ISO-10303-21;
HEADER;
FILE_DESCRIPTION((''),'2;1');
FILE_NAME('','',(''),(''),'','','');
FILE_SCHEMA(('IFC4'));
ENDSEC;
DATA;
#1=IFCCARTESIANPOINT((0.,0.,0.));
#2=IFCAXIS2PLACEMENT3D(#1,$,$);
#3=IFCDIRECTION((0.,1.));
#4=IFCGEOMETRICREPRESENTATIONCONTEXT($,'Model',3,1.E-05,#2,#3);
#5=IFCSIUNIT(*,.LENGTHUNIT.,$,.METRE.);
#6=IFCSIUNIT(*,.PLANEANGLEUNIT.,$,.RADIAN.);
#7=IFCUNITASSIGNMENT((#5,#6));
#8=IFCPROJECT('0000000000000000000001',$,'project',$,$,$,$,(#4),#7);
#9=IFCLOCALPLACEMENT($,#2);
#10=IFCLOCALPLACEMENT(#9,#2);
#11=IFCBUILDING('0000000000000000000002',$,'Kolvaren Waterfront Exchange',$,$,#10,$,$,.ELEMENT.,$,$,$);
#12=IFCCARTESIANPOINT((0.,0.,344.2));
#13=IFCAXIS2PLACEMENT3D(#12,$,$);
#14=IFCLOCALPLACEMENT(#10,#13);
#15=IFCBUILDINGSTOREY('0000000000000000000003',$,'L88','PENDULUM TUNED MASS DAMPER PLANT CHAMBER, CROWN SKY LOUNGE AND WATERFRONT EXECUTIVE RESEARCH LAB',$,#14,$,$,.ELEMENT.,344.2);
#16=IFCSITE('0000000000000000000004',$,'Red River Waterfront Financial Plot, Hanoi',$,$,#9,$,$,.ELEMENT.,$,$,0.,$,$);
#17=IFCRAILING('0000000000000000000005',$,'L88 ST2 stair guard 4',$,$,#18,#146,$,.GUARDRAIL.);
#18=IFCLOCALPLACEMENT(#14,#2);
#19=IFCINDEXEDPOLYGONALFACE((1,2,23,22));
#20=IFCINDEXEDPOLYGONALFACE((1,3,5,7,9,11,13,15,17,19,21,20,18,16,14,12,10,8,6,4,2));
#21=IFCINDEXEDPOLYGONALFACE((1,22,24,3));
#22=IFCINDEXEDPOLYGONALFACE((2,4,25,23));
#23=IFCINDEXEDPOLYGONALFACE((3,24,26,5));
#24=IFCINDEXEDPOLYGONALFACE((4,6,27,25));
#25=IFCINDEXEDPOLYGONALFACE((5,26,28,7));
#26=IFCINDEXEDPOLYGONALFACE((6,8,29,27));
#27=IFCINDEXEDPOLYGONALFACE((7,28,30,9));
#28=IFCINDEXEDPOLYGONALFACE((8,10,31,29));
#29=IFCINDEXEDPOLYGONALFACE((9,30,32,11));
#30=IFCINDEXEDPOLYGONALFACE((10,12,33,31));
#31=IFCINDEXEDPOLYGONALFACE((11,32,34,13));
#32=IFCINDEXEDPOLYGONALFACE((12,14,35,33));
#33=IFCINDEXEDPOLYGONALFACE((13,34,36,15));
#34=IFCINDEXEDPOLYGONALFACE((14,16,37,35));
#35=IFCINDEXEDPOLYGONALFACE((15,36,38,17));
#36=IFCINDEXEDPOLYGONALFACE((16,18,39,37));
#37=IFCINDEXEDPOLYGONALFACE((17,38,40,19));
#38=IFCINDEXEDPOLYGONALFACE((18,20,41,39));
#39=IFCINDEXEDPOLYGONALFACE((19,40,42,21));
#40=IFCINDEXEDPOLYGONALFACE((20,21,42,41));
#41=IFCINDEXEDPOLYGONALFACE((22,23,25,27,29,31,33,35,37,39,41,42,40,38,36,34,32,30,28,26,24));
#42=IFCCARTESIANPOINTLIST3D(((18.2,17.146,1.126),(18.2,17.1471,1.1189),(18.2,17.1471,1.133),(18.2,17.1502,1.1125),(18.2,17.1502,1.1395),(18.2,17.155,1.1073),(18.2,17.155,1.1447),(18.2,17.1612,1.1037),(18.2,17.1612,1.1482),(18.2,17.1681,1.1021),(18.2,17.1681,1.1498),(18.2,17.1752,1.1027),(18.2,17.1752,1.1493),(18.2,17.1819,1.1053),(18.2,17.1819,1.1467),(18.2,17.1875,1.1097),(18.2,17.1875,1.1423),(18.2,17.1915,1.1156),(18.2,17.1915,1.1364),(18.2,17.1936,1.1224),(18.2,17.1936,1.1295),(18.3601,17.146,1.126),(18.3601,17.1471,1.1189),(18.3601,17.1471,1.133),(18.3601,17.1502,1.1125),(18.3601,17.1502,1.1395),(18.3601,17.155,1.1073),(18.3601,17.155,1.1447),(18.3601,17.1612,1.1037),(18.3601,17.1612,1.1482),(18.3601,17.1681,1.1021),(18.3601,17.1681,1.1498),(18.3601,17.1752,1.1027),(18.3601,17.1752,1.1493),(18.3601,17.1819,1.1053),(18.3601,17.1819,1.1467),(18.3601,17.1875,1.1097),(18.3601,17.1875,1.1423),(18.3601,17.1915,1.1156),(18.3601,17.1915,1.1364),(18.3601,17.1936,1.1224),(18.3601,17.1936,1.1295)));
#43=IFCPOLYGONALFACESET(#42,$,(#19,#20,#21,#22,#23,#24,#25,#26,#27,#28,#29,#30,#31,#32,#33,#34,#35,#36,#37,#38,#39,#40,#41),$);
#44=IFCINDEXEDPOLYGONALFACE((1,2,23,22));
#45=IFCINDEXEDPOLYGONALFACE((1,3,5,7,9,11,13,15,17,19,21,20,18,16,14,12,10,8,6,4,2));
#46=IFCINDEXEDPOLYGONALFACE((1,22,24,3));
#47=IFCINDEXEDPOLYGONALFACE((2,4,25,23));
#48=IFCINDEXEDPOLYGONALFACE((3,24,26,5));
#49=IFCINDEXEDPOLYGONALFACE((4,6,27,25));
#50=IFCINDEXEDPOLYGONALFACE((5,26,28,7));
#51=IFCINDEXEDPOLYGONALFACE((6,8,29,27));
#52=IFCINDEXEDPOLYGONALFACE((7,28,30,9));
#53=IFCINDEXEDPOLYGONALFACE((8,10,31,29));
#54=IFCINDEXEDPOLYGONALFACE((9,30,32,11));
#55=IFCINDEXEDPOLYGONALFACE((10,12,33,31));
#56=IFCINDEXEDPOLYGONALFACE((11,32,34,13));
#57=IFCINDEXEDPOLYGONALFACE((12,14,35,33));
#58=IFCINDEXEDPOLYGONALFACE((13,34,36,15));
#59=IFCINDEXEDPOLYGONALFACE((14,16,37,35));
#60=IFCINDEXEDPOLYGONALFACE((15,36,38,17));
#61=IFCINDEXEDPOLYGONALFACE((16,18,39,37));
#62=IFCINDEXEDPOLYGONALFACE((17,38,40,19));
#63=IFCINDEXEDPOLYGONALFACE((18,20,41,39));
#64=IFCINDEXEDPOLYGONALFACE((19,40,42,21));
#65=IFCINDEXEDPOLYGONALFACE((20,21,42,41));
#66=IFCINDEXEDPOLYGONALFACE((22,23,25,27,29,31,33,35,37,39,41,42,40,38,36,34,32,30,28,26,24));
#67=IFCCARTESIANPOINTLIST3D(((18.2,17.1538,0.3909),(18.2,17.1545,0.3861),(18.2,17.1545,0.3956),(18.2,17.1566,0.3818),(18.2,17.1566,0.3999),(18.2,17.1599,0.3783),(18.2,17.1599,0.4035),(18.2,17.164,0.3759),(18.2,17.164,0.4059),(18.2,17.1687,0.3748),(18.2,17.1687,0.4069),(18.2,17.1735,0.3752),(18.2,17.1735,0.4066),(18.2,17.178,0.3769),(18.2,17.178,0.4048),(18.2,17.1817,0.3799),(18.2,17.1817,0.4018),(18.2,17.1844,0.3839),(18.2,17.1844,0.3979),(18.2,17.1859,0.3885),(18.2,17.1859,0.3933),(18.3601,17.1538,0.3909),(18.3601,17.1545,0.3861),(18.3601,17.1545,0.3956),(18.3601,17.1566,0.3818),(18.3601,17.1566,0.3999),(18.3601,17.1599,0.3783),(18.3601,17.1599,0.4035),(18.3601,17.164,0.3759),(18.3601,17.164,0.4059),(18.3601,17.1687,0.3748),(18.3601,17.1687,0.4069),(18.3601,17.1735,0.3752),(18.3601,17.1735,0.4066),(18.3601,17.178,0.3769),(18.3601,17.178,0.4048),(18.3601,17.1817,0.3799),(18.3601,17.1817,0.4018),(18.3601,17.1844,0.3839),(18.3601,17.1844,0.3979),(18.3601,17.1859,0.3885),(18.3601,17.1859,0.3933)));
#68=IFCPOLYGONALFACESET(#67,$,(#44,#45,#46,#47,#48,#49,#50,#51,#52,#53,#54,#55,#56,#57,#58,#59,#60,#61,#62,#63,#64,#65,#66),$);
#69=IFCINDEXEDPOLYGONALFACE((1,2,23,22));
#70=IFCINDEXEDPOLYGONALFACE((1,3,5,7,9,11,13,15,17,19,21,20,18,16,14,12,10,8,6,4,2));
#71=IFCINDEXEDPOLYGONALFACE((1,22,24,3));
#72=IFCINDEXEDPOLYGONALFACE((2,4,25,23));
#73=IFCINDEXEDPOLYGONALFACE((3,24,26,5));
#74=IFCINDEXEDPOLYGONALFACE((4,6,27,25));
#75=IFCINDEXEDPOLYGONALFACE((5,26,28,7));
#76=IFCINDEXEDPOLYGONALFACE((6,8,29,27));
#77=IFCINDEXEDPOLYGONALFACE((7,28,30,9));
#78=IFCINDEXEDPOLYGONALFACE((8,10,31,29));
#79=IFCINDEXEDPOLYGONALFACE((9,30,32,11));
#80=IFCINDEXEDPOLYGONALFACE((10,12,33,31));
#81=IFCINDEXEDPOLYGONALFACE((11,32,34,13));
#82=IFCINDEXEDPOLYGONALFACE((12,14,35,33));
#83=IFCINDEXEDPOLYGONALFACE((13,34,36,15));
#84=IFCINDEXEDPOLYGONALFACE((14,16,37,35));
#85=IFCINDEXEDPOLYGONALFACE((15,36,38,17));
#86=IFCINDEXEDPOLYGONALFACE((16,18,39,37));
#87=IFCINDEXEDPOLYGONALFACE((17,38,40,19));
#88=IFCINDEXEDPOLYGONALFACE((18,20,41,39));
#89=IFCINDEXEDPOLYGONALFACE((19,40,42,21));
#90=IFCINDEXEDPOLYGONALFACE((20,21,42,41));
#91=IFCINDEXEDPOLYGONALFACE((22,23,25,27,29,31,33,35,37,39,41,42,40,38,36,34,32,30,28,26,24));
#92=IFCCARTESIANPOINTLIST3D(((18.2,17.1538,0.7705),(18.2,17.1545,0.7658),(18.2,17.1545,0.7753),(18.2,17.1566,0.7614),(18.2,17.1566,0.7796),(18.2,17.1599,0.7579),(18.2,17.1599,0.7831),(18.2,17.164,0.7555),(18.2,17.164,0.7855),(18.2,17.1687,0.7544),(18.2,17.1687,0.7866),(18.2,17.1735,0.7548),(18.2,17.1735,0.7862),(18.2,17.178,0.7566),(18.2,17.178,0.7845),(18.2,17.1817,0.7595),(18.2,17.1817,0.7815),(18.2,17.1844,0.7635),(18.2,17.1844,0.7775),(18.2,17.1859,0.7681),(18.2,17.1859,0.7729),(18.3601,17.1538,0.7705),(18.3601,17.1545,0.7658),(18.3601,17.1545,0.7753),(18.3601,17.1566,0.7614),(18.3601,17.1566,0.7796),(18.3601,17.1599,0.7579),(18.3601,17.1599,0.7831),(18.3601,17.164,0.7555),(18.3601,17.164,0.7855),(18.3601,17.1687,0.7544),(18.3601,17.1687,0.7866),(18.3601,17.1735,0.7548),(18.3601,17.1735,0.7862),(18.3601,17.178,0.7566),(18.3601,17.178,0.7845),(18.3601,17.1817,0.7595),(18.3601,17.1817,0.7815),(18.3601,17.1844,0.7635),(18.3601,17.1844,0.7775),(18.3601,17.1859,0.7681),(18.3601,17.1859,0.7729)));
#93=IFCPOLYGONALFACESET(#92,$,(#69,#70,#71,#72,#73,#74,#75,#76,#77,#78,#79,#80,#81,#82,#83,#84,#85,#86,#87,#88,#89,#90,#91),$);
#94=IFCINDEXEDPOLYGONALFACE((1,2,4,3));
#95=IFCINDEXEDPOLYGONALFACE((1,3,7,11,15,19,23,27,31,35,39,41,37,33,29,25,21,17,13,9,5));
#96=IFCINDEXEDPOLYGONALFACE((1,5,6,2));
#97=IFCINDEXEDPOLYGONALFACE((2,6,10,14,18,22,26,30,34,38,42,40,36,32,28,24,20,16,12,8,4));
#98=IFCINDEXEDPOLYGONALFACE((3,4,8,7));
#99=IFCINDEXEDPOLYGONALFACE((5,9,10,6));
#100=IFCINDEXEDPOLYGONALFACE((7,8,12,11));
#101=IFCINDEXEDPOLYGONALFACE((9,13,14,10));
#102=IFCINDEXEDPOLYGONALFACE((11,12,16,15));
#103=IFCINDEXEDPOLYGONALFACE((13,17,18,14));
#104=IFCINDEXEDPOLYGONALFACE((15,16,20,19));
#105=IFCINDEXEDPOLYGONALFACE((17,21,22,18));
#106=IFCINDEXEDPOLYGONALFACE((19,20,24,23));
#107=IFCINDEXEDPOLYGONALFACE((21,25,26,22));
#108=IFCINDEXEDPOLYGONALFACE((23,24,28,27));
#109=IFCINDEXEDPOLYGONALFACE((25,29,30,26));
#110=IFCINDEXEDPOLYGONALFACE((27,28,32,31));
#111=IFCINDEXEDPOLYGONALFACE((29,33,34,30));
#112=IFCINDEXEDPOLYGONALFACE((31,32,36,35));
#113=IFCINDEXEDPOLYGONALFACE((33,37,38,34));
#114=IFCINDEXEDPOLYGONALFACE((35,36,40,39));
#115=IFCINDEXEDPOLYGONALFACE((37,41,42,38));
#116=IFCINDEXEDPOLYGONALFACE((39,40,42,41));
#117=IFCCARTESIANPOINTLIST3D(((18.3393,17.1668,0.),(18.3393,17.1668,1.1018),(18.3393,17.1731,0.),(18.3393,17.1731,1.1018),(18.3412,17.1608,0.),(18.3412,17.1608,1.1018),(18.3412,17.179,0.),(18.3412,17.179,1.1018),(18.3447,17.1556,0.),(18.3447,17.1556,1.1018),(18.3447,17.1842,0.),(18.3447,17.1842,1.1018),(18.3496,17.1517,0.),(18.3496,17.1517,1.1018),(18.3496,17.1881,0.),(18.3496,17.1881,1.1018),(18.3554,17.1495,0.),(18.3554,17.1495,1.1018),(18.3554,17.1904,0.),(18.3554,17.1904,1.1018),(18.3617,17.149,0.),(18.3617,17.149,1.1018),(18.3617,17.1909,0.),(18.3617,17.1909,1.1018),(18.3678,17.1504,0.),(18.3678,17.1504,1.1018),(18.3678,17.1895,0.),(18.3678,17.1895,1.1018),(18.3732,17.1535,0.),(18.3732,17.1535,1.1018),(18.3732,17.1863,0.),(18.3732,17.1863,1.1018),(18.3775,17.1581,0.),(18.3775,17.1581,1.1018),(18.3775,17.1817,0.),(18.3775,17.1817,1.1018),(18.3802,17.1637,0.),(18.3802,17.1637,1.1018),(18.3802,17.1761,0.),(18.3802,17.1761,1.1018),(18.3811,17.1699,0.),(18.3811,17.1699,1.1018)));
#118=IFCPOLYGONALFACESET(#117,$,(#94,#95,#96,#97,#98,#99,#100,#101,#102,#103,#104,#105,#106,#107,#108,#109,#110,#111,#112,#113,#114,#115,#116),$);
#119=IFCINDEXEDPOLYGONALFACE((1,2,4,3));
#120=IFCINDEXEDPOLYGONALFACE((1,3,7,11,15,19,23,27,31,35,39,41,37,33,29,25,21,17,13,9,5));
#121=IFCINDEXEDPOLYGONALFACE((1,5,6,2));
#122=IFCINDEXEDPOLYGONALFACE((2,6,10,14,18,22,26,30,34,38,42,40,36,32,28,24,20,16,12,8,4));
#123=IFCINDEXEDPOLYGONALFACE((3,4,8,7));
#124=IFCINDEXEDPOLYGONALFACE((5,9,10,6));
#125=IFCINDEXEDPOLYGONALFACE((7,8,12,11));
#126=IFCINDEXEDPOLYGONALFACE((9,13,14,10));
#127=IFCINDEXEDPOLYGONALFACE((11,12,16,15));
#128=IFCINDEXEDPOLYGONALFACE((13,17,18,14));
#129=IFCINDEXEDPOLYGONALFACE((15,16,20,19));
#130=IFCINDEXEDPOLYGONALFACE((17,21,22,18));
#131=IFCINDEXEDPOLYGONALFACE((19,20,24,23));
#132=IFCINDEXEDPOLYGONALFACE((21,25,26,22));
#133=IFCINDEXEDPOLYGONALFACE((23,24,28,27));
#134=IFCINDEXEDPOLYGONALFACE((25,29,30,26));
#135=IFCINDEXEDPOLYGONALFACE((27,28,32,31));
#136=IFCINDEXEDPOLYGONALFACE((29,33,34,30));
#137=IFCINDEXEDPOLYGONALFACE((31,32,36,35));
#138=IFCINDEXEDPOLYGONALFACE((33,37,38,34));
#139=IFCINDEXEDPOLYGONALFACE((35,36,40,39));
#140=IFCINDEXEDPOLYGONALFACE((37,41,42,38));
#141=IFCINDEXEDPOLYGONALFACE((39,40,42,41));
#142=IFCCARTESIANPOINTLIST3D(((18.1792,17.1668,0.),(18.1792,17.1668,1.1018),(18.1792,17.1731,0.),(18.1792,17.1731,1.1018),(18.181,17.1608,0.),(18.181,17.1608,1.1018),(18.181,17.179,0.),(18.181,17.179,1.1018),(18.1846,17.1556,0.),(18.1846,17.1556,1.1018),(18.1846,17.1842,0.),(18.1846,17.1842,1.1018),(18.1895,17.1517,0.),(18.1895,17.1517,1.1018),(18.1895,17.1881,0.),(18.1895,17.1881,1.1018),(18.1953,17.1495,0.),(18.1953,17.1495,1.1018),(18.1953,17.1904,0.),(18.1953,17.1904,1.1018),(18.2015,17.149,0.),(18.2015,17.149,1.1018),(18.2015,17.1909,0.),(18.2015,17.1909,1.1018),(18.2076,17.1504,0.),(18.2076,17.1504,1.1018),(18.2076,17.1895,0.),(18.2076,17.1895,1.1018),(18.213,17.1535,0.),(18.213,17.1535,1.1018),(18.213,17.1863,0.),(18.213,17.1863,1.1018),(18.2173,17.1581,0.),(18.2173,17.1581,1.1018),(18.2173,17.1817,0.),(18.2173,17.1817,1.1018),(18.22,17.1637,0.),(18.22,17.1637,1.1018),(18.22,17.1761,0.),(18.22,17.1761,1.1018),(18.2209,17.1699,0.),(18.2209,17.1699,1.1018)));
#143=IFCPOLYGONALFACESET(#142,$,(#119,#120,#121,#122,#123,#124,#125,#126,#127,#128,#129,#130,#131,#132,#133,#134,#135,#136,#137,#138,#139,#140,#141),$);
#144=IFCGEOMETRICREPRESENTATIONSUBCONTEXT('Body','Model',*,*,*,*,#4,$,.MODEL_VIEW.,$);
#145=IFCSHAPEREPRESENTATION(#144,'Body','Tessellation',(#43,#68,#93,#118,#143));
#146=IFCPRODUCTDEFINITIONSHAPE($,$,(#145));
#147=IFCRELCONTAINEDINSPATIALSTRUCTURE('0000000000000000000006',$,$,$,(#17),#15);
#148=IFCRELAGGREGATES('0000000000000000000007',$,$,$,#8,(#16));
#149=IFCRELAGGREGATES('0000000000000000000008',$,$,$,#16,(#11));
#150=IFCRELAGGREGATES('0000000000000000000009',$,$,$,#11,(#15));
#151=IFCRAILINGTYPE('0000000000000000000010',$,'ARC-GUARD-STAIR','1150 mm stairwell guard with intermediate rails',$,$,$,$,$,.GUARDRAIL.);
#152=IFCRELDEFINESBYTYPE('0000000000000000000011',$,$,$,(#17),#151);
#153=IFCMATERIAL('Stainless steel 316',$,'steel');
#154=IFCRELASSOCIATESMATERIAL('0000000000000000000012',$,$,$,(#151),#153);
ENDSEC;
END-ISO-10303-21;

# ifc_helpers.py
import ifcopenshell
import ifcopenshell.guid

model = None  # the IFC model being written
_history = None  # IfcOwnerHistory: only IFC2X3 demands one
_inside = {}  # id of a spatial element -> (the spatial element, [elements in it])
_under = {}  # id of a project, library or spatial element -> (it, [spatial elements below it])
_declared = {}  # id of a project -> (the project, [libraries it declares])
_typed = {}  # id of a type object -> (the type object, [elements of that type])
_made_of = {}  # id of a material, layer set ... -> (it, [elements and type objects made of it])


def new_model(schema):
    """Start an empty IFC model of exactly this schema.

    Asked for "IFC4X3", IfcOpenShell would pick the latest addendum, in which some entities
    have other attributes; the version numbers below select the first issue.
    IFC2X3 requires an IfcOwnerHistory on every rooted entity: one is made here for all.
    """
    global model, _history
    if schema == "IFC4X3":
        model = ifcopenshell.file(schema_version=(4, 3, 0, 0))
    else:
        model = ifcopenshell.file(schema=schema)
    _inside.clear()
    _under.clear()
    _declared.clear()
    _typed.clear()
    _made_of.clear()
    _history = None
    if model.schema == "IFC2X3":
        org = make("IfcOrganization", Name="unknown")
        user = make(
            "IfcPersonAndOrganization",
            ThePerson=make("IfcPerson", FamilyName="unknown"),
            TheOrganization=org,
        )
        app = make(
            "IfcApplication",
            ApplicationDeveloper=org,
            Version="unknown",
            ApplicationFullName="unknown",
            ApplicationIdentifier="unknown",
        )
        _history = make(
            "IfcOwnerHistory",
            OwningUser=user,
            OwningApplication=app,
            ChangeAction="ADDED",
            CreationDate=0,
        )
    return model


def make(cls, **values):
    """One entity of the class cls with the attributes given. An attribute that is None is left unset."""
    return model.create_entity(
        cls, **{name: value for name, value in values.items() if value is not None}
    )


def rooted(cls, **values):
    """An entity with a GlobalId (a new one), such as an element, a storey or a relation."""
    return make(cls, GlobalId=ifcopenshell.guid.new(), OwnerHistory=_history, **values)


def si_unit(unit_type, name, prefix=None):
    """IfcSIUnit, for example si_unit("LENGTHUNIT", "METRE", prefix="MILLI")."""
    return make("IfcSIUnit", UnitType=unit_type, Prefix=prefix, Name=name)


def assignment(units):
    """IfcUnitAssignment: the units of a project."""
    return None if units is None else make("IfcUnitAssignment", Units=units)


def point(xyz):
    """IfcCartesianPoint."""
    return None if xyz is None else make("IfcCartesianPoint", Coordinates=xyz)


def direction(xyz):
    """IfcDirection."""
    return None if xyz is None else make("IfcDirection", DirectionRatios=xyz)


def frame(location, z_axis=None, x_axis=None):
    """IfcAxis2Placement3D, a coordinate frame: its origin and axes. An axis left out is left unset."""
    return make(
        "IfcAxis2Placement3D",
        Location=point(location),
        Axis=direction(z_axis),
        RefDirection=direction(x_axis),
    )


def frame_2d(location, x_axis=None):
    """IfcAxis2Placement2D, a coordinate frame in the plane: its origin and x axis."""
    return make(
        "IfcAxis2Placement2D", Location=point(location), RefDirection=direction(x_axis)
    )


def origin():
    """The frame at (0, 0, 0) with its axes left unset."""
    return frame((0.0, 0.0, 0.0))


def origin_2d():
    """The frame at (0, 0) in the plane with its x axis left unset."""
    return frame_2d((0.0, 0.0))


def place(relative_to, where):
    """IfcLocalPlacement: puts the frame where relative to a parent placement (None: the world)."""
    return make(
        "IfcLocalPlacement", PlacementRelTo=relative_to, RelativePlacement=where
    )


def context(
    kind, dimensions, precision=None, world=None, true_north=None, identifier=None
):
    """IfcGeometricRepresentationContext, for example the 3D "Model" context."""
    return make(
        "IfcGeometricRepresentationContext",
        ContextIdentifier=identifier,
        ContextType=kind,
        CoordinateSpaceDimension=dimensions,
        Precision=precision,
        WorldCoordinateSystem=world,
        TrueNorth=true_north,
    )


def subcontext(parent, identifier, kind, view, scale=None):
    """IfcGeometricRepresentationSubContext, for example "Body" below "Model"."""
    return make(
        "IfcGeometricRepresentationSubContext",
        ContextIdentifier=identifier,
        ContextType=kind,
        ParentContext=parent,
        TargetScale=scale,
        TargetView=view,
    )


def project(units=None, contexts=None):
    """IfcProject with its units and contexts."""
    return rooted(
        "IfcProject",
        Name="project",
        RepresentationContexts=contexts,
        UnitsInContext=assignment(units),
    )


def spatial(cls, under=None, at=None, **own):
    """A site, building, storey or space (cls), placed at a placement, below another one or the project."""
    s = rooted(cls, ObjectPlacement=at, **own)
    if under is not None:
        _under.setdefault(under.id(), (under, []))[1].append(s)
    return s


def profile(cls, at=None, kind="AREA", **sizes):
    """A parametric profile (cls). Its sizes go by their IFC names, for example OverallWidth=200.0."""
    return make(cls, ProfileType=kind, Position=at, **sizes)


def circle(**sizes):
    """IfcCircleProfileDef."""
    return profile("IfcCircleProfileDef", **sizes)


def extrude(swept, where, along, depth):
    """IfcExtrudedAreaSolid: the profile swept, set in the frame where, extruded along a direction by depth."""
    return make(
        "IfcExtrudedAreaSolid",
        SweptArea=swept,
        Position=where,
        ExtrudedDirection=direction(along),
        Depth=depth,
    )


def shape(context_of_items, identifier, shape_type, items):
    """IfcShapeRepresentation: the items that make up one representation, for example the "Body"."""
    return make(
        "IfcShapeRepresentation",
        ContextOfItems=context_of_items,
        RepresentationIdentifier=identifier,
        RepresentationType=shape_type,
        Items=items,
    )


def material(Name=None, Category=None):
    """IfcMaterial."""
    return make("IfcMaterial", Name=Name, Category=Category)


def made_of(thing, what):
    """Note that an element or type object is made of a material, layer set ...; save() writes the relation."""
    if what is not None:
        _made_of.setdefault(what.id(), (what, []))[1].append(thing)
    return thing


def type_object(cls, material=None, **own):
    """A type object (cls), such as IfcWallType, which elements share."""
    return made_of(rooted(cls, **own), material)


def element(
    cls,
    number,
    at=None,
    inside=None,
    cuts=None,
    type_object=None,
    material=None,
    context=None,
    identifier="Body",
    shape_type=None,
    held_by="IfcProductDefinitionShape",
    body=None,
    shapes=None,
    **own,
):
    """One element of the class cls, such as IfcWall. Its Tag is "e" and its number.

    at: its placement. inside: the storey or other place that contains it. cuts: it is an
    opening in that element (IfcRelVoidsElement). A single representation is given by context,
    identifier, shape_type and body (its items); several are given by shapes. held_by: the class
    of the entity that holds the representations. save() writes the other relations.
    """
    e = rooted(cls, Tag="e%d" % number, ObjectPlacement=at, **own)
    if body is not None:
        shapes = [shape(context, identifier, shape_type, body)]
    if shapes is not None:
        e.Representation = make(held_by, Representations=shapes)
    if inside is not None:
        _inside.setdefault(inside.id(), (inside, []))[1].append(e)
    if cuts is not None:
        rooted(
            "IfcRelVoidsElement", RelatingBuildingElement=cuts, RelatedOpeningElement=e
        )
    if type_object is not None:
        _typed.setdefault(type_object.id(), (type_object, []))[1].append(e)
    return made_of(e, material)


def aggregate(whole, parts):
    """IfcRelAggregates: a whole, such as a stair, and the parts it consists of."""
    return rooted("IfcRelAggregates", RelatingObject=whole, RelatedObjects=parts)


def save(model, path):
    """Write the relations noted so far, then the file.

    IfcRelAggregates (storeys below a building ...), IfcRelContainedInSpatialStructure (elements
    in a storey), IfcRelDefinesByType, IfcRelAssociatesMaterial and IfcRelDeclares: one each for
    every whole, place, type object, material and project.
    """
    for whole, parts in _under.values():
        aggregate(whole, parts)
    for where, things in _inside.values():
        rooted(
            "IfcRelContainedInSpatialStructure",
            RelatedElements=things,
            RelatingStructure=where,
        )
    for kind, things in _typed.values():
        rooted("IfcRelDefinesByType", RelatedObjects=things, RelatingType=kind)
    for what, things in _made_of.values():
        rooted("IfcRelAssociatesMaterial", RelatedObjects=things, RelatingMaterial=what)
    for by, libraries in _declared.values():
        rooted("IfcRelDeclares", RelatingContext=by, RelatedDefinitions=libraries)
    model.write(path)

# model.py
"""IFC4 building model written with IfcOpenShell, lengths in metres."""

from ifc_helpers import new_model, si_unit, direction, frame, origin, origin_2d, place, context, subcontext, project, spatial, circle, extrude, material, type_object, element, save


model = new_model("IFC4")

# Units and contexts
model_context = context("Model", 3, precision=1e-05, world=origin(), true_north=direction((0.0, 1.0)))
body_context = subcontext(model_context, "Body", "Model", "MODEL_VIEW")
ifc_project = project(units=[si_unit("LENGTHUNIT", "METRE"), si_unit("PLANEANGLEUNIT", "RADIAN")], contexts=[model_context])

# Site, building, storey
site_placement = place(None, origin())
site = spatial("IfcSite", under=ifc_project, at=site_placement, Name="Red River Waterfront Financial Plot, Hanoi", CompositionType="ELEMENT", RefElevation=0.0)
building_placement = place(site_placement, origin())
building = spatial("IfcBuilding", under=site, at=building_placement, Name="Kolvaren Waterfront Exchange", CompositionType="ELEMENT")
storey_placement = place(building_placement, frame((0.0, 0.0, 344.2)))
storey = spatial("IfcBuildingStorey", under=building, at=storey_placement, Name="L88", Description="PENDULUM TUNED MASS DAMPER PLANT CHAMBER, CROWN SKY LOUNGE AND WATERFRONT EXECUTIVE RESEARCH LAB", CompositionType="ELEMENT", Elevation=344.2)

# Railing
ifc_material_1 = material(Name="Stainless steel 316", Category="steel")
railing_type_1 = type_object("IfcRailingType", Name="ARC-GUARD-STAIR", Description="1150 mm stairwell guard with intermediate rails", PredefinedType="GUARDRAIL", material=ifc_material_1)
railing_1_placement = place(storey_placement, frame((18.3601, 17.1699, 0.0)))
element("IfcRailing", 1, at=railing_1_placement, inside=storey, type_object=railing_type_1, Name="L88 ST2 stair guard 4", PredefinedType="GUARDRAIL", context=body_context, shape_type="SweptSolid", body=[
    extrude(circle(Radius=0.0239, at=origin_2d()), frame((0.0, 0.0, 1.126), z_axis=(-1.0, 0.0, 0.0), x_axis=(0.0, -1.0, 0.0)), (0.0, 0.0, 1.0), 0.1602),
    extrude(circle(Radius=0.0161, at=origin_2d()), frame((0.0, 0.0, 0.3909), z_axis=(-1.0, 0.0, 0.0), x_axis=(0.0, -1.0, 0.0)), (0.0, 0.0, 1.0), 0.1602),
    extrude(circle(Radius=0.0161, at=origin_2d()), frame((0.0, 0.0, 0.7705), z_axis=(-1.0, 0.0, 0.0), x_axis=(0.0, -1.0, 0.0)), (0.0, 0.0, 1.0), 0.1602),
    extrude(circle(Radius=0.021, at=origin_2d()), origin(), (0.0, 0.0, 1.0), 1.1018),
    extrude(circle(Radius=0.021, at=origin_2d()), frame((-0.1602, 0.0, 0.0)), (0.0, 0.0, 1.0), 1.1018),
])

save(model, "model.ifc")
